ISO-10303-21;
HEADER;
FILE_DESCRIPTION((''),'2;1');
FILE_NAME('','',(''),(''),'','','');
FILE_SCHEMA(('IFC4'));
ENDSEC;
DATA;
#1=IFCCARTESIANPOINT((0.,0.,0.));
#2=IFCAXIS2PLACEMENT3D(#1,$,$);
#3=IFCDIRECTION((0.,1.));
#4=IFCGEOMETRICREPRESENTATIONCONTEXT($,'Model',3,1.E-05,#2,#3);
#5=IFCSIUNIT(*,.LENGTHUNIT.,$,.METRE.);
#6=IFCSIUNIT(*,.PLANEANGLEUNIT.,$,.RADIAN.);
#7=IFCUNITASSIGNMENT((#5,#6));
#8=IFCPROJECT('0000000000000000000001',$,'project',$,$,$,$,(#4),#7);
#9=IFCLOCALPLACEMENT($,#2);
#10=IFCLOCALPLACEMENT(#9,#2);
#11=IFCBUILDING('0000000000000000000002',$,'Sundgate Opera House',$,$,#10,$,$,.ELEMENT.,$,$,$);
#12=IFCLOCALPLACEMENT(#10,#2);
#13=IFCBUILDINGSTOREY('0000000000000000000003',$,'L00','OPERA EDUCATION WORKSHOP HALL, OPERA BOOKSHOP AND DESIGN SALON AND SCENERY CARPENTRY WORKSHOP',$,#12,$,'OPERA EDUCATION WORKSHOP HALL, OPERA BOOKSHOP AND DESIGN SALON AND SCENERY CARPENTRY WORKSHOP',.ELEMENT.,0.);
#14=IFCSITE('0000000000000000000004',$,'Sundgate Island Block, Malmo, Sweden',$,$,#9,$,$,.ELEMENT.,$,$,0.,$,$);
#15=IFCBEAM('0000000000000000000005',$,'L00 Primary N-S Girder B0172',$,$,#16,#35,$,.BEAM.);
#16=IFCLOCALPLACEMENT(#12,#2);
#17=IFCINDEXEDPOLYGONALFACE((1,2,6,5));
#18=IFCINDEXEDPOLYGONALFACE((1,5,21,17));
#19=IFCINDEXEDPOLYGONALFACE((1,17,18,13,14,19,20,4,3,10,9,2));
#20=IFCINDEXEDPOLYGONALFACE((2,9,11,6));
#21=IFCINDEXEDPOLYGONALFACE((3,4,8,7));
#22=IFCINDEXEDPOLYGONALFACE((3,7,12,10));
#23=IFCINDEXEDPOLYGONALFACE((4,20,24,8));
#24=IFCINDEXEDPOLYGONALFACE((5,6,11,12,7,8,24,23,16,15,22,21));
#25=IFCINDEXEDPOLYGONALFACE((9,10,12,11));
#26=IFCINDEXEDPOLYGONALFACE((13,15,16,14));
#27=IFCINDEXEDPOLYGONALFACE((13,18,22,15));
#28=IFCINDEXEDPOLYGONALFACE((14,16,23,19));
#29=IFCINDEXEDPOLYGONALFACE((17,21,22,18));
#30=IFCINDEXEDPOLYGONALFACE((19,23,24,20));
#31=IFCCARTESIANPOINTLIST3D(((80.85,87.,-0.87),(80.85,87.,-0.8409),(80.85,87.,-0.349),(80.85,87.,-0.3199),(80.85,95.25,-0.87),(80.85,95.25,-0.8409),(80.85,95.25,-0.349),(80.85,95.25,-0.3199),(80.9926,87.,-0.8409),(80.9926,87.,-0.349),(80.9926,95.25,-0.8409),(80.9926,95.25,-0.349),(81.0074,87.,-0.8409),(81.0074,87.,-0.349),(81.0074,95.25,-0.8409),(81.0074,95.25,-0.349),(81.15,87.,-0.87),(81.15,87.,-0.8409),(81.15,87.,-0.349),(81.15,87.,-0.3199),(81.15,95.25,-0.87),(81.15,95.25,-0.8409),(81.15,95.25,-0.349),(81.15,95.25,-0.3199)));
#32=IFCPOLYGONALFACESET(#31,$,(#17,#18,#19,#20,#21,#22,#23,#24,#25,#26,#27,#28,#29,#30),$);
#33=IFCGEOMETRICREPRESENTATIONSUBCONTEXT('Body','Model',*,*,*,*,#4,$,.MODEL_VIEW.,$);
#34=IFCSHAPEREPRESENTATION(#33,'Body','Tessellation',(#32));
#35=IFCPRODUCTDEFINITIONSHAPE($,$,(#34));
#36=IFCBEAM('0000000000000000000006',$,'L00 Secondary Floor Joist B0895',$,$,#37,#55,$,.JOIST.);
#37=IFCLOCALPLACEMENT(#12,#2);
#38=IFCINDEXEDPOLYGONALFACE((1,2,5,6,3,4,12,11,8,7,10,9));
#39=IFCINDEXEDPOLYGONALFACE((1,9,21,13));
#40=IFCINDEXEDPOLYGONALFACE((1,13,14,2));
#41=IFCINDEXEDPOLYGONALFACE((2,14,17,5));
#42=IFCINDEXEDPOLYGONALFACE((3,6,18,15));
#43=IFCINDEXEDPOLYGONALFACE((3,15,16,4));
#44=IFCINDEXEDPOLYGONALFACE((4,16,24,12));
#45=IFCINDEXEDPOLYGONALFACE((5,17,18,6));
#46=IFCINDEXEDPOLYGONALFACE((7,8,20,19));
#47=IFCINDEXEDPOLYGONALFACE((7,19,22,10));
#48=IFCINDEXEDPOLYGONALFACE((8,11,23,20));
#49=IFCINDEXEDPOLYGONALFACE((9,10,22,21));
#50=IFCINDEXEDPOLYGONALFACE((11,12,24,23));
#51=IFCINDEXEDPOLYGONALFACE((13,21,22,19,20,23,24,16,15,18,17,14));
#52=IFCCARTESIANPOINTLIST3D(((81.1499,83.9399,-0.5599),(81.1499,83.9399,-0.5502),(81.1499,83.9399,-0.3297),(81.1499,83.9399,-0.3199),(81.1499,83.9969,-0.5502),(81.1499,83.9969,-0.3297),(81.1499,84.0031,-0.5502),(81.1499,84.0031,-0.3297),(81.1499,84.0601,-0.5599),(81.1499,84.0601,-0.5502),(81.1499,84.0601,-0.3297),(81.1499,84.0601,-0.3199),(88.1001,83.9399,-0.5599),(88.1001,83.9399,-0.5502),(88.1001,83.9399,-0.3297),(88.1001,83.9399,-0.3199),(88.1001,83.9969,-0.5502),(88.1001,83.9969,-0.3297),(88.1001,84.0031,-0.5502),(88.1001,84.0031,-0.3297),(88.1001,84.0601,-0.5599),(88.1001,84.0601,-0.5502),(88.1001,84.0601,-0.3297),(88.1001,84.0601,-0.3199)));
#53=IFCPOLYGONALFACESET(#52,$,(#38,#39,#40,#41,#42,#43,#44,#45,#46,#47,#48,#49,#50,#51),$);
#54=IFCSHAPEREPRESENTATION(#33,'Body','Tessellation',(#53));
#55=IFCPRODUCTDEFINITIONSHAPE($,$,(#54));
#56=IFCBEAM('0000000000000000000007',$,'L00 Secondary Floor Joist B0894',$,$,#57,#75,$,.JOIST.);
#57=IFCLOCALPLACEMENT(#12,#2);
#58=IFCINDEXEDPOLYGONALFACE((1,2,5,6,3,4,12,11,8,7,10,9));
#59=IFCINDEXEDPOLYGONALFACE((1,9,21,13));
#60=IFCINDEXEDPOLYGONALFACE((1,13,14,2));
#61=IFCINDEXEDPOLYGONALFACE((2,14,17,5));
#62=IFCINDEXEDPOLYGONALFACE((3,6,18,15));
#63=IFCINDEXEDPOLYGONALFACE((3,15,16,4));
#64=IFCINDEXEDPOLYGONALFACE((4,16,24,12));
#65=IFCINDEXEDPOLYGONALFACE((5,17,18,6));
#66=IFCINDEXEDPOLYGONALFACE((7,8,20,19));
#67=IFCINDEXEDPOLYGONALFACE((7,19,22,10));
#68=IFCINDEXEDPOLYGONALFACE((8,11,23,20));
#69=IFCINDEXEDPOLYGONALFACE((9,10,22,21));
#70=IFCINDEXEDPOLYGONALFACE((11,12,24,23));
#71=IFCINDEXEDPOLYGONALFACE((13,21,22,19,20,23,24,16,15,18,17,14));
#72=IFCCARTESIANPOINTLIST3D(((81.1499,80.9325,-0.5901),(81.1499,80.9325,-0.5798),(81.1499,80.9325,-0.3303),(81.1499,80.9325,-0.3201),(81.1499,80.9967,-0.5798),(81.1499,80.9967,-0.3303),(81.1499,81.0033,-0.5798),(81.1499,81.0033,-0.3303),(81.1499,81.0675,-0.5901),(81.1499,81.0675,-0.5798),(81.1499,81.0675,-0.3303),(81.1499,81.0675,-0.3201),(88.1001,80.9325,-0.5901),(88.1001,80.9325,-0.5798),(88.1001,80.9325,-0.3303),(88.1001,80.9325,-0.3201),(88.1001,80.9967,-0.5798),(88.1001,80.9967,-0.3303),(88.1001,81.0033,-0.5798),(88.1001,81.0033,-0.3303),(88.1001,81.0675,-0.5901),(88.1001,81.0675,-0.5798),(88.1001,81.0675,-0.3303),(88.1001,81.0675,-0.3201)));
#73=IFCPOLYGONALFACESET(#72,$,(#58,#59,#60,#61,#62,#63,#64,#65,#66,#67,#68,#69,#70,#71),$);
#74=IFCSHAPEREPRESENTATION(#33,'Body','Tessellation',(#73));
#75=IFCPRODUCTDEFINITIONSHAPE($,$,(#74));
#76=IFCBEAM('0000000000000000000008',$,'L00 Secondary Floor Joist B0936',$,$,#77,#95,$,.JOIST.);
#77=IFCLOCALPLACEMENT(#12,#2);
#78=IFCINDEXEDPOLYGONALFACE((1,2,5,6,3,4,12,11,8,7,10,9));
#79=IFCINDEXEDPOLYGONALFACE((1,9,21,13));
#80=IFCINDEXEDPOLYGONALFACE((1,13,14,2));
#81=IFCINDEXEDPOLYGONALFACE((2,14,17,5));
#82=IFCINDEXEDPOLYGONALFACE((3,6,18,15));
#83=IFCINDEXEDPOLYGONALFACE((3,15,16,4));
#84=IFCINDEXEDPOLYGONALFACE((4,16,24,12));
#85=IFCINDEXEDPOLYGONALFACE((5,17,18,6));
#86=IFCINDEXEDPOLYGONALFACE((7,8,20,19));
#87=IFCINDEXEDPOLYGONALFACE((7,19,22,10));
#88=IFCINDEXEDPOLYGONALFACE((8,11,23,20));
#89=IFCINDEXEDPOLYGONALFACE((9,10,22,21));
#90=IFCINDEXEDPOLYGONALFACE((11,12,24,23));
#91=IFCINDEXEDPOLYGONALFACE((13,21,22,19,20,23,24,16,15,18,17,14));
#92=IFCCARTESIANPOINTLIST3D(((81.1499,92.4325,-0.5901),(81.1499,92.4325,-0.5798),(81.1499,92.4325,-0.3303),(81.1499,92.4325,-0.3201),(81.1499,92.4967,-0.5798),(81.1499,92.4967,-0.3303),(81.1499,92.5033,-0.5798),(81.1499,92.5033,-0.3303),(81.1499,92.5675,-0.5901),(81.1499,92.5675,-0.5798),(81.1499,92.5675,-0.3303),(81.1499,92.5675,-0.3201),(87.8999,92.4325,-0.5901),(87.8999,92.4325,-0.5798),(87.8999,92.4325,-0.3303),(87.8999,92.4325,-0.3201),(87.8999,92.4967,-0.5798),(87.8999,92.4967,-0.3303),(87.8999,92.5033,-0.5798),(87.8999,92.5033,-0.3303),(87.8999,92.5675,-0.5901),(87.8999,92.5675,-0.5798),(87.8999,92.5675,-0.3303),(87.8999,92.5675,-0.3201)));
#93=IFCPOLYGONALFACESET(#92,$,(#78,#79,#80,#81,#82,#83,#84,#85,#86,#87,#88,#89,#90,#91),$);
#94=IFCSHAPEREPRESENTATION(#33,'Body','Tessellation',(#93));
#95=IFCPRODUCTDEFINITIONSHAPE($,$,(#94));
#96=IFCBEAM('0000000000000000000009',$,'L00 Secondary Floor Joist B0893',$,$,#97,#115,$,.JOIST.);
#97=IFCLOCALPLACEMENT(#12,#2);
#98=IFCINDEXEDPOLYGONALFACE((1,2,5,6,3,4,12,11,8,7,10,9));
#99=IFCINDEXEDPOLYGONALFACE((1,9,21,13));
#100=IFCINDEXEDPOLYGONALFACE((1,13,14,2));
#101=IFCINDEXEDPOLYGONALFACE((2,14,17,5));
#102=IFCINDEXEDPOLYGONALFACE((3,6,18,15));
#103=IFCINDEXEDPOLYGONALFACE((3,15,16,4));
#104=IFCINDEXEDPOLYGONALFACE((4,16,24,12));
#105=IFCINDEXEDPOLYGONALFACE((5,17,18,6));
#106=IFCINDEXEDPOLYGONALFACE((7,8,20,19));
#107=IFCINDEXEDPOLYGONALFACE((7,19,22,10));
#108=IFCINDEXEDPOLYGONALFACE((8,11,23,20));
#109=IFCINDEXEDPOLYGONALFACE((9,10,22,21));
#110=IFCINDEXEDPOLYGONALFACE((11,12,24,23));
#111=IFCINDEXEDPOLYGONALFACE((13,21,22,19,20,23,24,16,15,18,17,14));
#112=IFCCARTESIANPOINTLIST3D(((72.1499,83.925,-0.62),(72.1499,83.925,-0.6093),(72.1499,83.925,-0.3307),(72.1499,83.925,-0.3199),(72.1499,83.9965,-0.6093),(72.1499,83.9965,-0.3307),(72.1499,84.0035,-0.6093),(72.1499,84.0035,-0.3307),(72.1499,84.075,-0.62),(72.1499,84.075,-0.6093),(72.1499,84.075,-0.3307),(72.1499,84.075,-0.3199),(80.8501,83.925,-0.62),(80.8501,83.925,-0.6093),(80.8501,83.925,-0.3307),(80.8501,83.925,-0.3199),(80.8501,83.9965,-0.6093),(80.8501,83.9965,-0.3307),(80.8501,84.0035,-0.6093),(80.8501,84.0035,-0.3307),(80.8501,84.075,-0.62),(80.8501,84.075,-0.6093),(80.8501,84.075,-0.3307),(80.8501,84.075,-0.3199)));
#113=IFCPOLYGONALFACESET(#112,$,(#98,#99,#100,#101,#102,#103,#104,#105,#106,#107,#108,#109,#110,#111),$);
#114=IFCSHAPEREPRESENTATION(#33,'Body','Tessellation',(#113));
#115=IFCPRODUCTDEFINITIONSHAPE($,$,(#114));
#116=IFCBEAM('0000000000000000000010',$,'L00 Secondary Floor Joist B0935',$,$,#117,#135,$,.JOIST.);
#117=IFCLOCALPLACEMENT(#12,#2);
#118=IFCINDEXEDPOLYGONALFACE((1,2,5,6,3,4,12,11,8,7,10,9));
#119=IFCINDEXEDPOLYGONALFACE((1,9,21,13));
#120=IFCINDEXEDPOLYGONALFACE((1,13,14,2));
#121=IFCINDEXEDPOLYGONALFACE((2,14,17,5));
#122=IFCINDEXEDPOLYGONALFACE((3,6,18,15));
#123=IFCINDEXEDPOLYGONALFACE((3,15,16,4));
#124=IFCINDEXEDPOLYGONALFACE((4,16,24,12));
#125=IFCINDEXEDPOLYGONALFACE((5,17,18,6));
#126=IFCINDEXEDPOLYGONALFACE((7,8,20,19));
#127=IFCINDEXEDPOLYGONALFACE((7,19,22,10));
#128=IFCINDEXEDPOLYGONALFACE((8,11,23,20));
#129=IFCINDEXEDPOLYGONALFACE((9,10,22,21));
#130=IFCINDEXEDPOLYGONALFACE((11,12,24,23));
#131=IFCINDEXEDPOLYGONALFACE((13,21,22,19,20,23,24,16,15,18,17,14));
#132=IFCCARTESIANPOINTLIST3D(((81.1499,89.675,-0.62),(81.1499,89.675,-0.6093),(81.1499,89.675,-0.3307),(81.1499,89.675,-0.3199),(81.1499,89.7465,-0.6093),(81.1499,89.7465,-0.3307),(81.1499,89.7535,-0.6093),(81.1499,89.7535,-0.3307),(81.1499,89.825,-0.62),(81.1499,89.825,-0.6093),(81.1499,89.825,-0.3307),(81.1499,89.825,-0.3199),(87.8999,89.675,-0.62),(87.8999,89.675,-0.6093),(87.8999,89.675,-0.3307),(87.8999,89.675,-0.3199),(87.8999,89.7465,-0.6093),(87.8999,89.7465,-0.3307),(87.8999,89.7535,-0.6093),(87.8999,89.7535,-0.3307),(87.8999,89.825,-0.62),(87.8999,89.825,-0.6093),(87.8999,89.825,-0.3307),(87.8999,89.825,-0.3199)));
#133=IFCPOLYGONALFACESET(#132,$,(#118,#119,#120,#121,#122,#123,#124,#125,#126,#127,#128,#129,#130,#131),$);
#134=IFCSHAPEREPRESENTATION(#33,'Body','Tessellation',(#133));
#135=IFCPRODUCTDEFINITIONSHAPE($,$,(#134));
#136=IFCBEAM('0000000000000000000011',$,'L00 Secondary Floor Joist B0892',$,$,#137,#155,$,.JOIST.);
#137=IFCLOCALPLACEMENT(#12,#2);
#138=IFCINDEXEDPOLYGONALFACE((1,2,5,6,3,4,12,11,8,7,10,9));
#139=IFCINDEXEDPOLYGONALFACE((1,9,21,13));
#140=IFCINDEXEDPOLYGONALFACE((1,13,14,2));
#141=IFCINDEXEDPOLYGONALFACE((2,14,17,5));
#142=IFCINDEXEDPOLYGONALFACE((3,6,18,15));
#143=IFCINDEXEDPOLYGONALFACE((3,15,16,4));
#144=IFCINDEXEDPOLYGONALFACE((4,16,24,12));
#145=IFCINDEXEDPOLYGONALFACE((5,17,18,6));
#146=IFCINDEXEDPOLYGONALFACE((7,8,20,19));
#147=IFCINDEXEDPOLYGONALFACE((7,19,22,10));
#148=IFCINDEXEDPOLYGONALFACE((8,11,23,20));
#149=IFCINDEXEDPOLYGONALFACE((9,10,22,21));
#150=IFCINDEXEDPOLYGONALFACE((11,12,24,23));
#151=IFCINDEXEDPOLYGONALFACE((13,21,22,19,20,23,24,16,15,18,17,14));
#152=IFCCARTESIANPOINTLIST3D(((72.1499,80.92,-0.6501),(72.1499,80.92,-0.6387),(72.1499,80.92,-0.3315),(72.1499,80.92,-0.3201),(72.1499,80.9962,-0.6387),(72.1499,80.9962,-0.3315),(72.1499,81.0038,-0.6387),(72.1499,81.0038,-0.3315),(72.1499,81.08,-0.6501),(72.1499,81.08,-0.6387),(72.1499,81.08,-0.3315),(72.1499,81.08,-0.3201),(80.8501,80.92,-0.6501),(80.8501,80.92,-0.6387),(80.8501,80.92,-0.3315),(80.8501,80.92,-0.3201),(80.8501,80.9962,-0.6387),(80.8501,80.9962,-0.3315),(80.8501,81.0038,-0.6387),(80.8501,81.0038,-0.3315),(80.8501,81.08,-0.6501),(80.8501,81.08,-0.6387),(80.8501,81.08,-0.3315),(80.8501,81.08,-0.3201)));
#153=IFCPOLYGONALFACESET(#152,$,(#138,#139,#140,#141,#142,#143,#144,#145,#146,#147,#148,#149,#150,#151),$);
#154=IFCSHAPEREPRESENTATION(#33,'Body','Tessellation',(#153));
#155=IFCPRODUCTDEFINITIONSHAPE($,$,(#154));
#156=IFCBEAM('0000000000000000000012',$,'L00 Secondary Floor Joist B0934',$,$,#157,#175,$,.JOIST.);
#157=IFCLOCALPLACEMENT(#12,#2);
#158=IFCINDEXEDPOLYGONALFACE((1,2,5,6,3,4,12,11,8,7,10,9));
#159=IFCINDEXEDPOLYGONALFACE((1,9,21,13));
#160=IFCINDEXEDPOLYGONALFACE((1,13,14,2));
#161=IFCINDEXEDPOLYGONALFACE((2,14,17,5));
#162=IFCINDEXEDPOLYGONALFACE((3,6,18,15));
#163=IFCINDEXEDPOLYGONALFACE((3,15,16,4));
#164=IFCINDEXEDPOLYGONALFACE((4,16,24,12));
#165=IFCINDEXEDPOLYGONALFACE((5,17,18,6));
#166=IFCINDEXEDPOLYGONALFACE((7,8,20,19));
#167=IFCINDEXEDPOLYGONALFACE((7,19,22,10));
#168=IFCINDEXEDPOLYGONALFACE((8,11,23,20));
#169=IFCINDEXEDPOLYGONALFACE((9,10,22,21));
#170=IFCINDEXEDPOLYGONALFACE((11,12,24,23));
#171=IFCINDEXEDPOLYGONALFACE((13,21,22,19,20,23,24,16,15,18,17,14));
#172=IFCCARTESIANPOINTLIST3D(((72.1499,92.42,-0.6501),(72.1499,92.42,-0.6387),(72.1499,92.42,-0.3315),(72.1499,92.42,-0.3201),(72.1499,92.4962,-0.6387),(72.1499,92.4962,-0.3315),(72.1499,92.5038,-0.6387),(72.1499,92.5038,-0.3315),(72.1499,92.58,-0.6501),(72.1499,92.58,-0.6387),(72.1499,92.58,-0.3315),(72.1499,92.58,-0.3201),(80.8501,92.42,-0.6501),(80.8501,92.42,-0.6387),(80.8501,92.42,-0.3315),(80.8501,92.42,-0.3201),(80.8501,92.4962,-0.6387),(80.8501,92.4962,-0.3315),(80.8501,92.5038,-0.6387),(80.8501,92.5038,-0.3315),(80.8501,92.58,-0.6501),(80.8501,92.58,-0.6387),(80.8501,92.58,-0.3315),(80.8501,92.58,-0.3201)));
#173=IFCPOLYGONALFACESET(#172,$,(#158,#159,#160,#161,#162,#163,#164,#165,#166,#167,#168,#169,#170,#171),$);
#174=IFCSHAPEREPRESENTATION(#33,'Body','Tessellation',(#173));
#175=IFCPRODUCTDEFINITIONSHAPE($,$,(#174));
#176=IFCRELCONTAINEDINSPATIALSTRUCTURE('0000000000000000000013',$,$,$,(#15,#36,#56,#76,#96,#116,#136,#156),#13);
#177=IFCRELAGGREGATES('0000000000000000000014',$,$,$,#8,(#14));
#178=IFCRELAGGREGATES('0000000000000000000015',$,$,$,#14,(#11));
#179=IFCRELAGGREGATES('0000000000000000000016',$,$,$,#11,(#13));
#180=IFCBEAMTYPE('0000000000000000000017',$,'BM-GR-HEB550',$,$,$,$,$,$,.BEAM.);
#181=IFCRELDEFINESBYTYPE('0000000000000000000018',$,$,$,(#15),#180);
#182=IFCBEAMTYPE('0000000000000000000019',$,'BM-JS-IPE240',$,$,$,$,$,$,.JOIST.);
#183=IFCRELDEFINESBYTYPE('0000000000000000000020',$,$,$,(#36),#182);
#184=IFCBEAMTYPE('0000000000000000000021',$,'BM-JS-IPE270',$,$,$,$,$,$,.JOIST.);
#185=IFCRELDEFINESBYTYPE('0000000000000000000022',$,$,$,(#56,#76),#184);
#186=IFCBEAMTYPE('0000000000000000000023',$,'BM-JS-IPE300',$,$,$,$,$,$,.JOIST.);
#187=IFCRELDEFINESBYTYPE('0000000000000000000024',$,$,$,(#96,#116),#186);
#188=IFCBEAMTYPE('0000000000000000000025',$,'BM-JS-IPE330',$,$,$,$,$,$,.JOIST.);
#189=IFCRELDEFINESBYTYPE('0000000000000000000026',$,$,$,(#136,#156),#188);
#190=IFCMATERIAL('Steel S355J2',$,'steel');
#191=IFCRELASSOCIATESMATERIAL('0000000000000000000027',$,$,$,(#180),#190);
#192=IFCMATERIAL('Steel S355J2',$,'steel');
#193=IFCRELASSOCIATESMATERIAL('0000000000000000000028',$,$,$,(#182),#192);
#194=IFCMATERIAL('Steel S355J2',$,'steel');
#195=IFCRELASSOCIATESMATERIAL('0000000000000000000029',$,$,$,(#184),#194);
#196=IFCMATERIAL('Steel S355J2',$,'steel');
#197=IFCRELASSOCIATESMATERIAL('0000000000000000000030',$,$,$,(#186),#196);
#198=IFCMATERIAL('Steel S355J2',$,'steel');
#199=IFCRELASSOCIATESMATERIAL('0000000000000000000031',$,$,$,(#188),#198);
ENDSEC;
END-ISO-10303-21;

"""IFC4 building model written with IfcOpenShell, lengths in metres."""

from ifc_helpers import new_model, si_unit, direction, frame, origin, origin_2d, place, context, subcontext, project, spatial, i_section, extrude, material, material_profile, profile_set, type_object, element, save


model = new_model("IFC4")

# Units and contexts
model_context = context("Model", 3, precision=1e-05, world=origin(), true_north=direction((0.0, 1.0)))
body_context = subcontext(model_context, "Body", "Model", "MODEL_VIEW")
ifc_project = project(units=[si_unit("LENGTHUNIT", "METRE"), si_unit("PLANEANGLEUNIT", "RADIAN")], contexts=[model_context])

# Site, building, storey
site_placement = place(None, origin())
site = spatial("IfcSite", under=ifc_project, at=site_placement, Name="Sundgate Island Block, Malmo, Sweden", CompositionType="ELEMENT", RefElevation=0.0)
building_placement = place(site_placement, origin())
building = spatial("IfcBuilding", under=site, at=building_placement, Name="Sundgate Opera House", CompositionType="ELEMENT")
storey_placement = place(building_placement, origin())
storey = spatial("IfcBuildingStorey", under=building, at=storey_placement, Name="L00", Description="OPERA EDUCATION WORKSHOP HALL, OPERA BOOKSHOP AND DESIGN SALON AND SCENERY CARPENTRY WORKSHOP", LongName="OPERA EDUCATION WORKSHOP HALL, OPERA BOOKSHOP AND DESIGN SALON AND SCENERY CARPENTRY WORKSHOP", CompositionType="ELEMENT", Elevation=0.0)

# Beams
ifc_material_1 = material(Name="Steel S355J2", Category="steel")
ifc_material_profile_1 = material_profile(ifc_material_1, i_section(OverallWidth=0.3, OverallDepth=0.55, WebThickness=0.0149, FlangeThickness=0.0291, at=origin_2d()), Name="HEB 550")
ifc_profile_set_1 = profile_set([ifc_material_profile_1], Name="Steel S355J2")
beam_type_1 = type_object("IfcBeamType", Name="BM-GR-HEB550", PredefinedType="BEAM", material=ifc_profile_set_1)
beam_1_placement = place(storey_placement, frame((81.0, 87.0, -0.595), z_axis=(0.0, 1.0, 0.0), x_axis=(-1.0, 0.0, 0.0)))
element("IfcBeam", 1, at=beam_1_placement, inside=storey, type_object=beam_type_1, Name="L00 Primary N-S Girder B0172", PredefinedType="BEAM", context=body_context, shape_type="SweptSolid", body=[
    extrude(i_section(OverallWidth=0.3, OverallDepth=0.55, WebThickness=0.0149, FlangeThickness=0.0291, at=origin_2d()), origin(), (0.0, 0.0, 1.0), 8.25),
])
ifc_material_2 = material(Name="Steel S355J2", Category="steel")
ifc_material_profile_2 = material_profile(ifc_material_2, i_section(OverallWidth=0.1201, OverallDepth=0.24, WebThickness=0.0061, FlangeThickness=0.0098, at=origin_2d()), Name="IPE 240")
ifc_profile_set_2 = profile_set([ifc_material_profile_2], Name="Steel S355J2")
beam_type_2 = type_object("IfcBeamType", Name="BM-JS-IPE240", PredefinedType="JOIST", material=ifc_profile_set_2)
beam_2_placement = place(storey_placement, frame((81.1499, 84.0, -0.4399), z_axis=(1.0, 0.0, 0.0), x_axis=(0.0, 1.0, 0.0)))
element("IfcBeam", 2, at=beam_2_placement, inside=storey, type_object=beam_type_2, Name="L00 Secondary Floor Joist B0895", PredefinedType="JOIST", context=body_context, shape_type="SweptSolid", body=[
    extrude(i_section(OverallWidth=0.1201, OverallDepth=0.24, WebThickness=0.0061, FlangeThickness=0.0098, at=origin_2d()), origin(), (0.0, 0.0, 1.0), 6.9502),
])
ifc_material_3 = material(Name="Steel S355J2", Category="steel")
ifc_material_profile_3 = material_profile(ifc_material_3, i_section(OverallWidth=0.135, OverallDepth=0.27, WebThickness=0.0066, FlangeThickness=0.0103, at=origin_2d()), Name="IPE 270")
ifc_profile_set_3 = profile_set([ifc_material_profile_3], Name="Steel S355J2")
beam_type_3 = type_object("IfcBeamType", Name="BM-JS-IPE270", PredefinedType="JOIST", material=ifc_profile_set_3)
beam_3_placement = place(storey_placement, frame((81.1499, 81.0, -0.4551), z_axis=(1.0, 0.0, 0.0), x_axis=(0.0, 1.0, 0.0)))
element("IfcBeam", 3, at=beam_3_placement, inside=storey, type_object=beam_type_3, Name="L00 Secondary Floor Joist B0894", PredefinedType="JOIST", context=body_context, shape_type="SweptSolid", body=[
    extrude(i_section(OverallWidth=0.135, OverallDepth=0.27, WebThickness=0.0066, FlangeThickness=0.0103, at=origin_2d()), origin(), (0.0, 0.0, 1.0), 6.9502),
])
beam_4_placement = place(storey_placement, frame((81.1499, 92.5, -0.4551), z_axis=(1.0, 0.0, 0.0), x_axis=(0.0, 1.0, 0.0)))
element("IfcBeam", 4, at=beam_4_placement, inside=storey, type_object=beam_type_3, Name="L00 Secondary Floor Joist B0936", PredefinedType="JOIST", context=body_context, shape_type="SweptSolid", body=[
    extrude(i_section(OverallWidth=0.135, OverallDepth=0.27, WebThickness=0.0066, FlangeThickness=0.0103, at=origin_2d()), origin(), (0.0, 0.0, 1.0), 6.75),
])
ifc_material_4 = material(Name="Steel S355J2", Category="steel")
ifc_material_profile_4 = material_profile(ifc_material_4, i_section(OverallWidth=0.1499, OverallDepth=0.3, WebThickness=0.0071, FlangeThickness=0.0107, at=origin_2d()), Name="IPE 300")
ifc_profile_set_4 = profile_set([ifc_material_profile_4], Name="Steel S355J2")
beam_type_4 = type_object("IfcBeamType", Name="BM-JS-IPE300", PredefinedType="JOIST", material=ifc_profile_set_4)
beam_5_placement = place(storey_placement, frame((72.1499, 84.0, -0.47), z_axis=(1.0, 0.0, 0.0), x_axis=(0.0, 1.0, 0.0)))
element("IfcBeam", 5, at=beam_5_placement, inside=storey, type_object=beam_type_4, Name="L00 Secondary Floor Joist B0893", PredefinedType="JOIST", context=body_context, shape_type="SweptSolid", body=[
    extrude(i_section(OverallWidth=0.1499, OverallDepth=0.3, WebThickness=0.0071, FlangeThickness=0.0107, at=origin_2d()), origin(), (0.0, 0.0, 1.0), 8.7002),
])
beam_6_placement = place(storey_placement, frame((81.1499, 89.75, -0.47), z_axis=(1.0, 0.0, 0.0), x_axis=(0.0, 1.0, 0.0)))
element("IfcBeam", 6, at=beam_6_placement, inside=storey, type_object=beam_type_4, Name="L00 Secondary Floor Joist B0935", PredefinedType="JOIST", context=body_context, shape_type="SweptSolid", body=[
    extrude(i_section(OverallWidth=0.1499, OverallDepth=0.3, WebThickness=0.0071, FlangeThickness=0.0107, at=origin_2d()), origin(), (0.0, 0.0, 1.0), 6.75),
])
ifc_material_5 = material(Name="Steel S355J2", Category="steel")
ifc_material_profile_5 = material_profile(ifc_material_5, i_section(OverallWidth=0.1599, OverallDepth=0.3301, WebThickness=0.0076, FlangeThickness=0.0115, at=origin_2d()), Name="IPE 330")
ifc_profile_set_5 = profile_set([ifc_material_profile_5], Name="Steel S355J2")
beam_type_5 = type_object("IfcBeamType", Name="BM-JS-IPE330", PredefinedType="JOIST", material=ifc_profile_set_5)
for number, where, z_axis, x_axis, name in (
    (7, (72.1499, 81.0, -0.4851), (1.0, 0.0, 0.0), (0.0, 1.0, 0.0), "L00 Secondary Floor Joist B0892"),
    (8, (72.1499, 92.5, -0.4851), (1.0, 0.0, 0.0), (0.0, 1.0, 0.0), "L00 Secondary Floor Joist B0934"),
):
    element("IfcBeam", number, at=place(storey_placement, frame(where, z_axis=z_axis, x_axis=x_axis)), inside=storey, type_object=beam_type_5, Name=name, PredefinedType="JOIST", context=body_context, shape_type="SweptSolid", body=[
        extrude(i_section(OverallWidth=0.1599, OverallDepth=0.3301, WebThickness=0.0076, FlangeThickness=0.0115, at=origin_2d()), origin(), (0.0, 0.0, 1.0), 8.7002),
    ])

save(model, "model.ifc")
